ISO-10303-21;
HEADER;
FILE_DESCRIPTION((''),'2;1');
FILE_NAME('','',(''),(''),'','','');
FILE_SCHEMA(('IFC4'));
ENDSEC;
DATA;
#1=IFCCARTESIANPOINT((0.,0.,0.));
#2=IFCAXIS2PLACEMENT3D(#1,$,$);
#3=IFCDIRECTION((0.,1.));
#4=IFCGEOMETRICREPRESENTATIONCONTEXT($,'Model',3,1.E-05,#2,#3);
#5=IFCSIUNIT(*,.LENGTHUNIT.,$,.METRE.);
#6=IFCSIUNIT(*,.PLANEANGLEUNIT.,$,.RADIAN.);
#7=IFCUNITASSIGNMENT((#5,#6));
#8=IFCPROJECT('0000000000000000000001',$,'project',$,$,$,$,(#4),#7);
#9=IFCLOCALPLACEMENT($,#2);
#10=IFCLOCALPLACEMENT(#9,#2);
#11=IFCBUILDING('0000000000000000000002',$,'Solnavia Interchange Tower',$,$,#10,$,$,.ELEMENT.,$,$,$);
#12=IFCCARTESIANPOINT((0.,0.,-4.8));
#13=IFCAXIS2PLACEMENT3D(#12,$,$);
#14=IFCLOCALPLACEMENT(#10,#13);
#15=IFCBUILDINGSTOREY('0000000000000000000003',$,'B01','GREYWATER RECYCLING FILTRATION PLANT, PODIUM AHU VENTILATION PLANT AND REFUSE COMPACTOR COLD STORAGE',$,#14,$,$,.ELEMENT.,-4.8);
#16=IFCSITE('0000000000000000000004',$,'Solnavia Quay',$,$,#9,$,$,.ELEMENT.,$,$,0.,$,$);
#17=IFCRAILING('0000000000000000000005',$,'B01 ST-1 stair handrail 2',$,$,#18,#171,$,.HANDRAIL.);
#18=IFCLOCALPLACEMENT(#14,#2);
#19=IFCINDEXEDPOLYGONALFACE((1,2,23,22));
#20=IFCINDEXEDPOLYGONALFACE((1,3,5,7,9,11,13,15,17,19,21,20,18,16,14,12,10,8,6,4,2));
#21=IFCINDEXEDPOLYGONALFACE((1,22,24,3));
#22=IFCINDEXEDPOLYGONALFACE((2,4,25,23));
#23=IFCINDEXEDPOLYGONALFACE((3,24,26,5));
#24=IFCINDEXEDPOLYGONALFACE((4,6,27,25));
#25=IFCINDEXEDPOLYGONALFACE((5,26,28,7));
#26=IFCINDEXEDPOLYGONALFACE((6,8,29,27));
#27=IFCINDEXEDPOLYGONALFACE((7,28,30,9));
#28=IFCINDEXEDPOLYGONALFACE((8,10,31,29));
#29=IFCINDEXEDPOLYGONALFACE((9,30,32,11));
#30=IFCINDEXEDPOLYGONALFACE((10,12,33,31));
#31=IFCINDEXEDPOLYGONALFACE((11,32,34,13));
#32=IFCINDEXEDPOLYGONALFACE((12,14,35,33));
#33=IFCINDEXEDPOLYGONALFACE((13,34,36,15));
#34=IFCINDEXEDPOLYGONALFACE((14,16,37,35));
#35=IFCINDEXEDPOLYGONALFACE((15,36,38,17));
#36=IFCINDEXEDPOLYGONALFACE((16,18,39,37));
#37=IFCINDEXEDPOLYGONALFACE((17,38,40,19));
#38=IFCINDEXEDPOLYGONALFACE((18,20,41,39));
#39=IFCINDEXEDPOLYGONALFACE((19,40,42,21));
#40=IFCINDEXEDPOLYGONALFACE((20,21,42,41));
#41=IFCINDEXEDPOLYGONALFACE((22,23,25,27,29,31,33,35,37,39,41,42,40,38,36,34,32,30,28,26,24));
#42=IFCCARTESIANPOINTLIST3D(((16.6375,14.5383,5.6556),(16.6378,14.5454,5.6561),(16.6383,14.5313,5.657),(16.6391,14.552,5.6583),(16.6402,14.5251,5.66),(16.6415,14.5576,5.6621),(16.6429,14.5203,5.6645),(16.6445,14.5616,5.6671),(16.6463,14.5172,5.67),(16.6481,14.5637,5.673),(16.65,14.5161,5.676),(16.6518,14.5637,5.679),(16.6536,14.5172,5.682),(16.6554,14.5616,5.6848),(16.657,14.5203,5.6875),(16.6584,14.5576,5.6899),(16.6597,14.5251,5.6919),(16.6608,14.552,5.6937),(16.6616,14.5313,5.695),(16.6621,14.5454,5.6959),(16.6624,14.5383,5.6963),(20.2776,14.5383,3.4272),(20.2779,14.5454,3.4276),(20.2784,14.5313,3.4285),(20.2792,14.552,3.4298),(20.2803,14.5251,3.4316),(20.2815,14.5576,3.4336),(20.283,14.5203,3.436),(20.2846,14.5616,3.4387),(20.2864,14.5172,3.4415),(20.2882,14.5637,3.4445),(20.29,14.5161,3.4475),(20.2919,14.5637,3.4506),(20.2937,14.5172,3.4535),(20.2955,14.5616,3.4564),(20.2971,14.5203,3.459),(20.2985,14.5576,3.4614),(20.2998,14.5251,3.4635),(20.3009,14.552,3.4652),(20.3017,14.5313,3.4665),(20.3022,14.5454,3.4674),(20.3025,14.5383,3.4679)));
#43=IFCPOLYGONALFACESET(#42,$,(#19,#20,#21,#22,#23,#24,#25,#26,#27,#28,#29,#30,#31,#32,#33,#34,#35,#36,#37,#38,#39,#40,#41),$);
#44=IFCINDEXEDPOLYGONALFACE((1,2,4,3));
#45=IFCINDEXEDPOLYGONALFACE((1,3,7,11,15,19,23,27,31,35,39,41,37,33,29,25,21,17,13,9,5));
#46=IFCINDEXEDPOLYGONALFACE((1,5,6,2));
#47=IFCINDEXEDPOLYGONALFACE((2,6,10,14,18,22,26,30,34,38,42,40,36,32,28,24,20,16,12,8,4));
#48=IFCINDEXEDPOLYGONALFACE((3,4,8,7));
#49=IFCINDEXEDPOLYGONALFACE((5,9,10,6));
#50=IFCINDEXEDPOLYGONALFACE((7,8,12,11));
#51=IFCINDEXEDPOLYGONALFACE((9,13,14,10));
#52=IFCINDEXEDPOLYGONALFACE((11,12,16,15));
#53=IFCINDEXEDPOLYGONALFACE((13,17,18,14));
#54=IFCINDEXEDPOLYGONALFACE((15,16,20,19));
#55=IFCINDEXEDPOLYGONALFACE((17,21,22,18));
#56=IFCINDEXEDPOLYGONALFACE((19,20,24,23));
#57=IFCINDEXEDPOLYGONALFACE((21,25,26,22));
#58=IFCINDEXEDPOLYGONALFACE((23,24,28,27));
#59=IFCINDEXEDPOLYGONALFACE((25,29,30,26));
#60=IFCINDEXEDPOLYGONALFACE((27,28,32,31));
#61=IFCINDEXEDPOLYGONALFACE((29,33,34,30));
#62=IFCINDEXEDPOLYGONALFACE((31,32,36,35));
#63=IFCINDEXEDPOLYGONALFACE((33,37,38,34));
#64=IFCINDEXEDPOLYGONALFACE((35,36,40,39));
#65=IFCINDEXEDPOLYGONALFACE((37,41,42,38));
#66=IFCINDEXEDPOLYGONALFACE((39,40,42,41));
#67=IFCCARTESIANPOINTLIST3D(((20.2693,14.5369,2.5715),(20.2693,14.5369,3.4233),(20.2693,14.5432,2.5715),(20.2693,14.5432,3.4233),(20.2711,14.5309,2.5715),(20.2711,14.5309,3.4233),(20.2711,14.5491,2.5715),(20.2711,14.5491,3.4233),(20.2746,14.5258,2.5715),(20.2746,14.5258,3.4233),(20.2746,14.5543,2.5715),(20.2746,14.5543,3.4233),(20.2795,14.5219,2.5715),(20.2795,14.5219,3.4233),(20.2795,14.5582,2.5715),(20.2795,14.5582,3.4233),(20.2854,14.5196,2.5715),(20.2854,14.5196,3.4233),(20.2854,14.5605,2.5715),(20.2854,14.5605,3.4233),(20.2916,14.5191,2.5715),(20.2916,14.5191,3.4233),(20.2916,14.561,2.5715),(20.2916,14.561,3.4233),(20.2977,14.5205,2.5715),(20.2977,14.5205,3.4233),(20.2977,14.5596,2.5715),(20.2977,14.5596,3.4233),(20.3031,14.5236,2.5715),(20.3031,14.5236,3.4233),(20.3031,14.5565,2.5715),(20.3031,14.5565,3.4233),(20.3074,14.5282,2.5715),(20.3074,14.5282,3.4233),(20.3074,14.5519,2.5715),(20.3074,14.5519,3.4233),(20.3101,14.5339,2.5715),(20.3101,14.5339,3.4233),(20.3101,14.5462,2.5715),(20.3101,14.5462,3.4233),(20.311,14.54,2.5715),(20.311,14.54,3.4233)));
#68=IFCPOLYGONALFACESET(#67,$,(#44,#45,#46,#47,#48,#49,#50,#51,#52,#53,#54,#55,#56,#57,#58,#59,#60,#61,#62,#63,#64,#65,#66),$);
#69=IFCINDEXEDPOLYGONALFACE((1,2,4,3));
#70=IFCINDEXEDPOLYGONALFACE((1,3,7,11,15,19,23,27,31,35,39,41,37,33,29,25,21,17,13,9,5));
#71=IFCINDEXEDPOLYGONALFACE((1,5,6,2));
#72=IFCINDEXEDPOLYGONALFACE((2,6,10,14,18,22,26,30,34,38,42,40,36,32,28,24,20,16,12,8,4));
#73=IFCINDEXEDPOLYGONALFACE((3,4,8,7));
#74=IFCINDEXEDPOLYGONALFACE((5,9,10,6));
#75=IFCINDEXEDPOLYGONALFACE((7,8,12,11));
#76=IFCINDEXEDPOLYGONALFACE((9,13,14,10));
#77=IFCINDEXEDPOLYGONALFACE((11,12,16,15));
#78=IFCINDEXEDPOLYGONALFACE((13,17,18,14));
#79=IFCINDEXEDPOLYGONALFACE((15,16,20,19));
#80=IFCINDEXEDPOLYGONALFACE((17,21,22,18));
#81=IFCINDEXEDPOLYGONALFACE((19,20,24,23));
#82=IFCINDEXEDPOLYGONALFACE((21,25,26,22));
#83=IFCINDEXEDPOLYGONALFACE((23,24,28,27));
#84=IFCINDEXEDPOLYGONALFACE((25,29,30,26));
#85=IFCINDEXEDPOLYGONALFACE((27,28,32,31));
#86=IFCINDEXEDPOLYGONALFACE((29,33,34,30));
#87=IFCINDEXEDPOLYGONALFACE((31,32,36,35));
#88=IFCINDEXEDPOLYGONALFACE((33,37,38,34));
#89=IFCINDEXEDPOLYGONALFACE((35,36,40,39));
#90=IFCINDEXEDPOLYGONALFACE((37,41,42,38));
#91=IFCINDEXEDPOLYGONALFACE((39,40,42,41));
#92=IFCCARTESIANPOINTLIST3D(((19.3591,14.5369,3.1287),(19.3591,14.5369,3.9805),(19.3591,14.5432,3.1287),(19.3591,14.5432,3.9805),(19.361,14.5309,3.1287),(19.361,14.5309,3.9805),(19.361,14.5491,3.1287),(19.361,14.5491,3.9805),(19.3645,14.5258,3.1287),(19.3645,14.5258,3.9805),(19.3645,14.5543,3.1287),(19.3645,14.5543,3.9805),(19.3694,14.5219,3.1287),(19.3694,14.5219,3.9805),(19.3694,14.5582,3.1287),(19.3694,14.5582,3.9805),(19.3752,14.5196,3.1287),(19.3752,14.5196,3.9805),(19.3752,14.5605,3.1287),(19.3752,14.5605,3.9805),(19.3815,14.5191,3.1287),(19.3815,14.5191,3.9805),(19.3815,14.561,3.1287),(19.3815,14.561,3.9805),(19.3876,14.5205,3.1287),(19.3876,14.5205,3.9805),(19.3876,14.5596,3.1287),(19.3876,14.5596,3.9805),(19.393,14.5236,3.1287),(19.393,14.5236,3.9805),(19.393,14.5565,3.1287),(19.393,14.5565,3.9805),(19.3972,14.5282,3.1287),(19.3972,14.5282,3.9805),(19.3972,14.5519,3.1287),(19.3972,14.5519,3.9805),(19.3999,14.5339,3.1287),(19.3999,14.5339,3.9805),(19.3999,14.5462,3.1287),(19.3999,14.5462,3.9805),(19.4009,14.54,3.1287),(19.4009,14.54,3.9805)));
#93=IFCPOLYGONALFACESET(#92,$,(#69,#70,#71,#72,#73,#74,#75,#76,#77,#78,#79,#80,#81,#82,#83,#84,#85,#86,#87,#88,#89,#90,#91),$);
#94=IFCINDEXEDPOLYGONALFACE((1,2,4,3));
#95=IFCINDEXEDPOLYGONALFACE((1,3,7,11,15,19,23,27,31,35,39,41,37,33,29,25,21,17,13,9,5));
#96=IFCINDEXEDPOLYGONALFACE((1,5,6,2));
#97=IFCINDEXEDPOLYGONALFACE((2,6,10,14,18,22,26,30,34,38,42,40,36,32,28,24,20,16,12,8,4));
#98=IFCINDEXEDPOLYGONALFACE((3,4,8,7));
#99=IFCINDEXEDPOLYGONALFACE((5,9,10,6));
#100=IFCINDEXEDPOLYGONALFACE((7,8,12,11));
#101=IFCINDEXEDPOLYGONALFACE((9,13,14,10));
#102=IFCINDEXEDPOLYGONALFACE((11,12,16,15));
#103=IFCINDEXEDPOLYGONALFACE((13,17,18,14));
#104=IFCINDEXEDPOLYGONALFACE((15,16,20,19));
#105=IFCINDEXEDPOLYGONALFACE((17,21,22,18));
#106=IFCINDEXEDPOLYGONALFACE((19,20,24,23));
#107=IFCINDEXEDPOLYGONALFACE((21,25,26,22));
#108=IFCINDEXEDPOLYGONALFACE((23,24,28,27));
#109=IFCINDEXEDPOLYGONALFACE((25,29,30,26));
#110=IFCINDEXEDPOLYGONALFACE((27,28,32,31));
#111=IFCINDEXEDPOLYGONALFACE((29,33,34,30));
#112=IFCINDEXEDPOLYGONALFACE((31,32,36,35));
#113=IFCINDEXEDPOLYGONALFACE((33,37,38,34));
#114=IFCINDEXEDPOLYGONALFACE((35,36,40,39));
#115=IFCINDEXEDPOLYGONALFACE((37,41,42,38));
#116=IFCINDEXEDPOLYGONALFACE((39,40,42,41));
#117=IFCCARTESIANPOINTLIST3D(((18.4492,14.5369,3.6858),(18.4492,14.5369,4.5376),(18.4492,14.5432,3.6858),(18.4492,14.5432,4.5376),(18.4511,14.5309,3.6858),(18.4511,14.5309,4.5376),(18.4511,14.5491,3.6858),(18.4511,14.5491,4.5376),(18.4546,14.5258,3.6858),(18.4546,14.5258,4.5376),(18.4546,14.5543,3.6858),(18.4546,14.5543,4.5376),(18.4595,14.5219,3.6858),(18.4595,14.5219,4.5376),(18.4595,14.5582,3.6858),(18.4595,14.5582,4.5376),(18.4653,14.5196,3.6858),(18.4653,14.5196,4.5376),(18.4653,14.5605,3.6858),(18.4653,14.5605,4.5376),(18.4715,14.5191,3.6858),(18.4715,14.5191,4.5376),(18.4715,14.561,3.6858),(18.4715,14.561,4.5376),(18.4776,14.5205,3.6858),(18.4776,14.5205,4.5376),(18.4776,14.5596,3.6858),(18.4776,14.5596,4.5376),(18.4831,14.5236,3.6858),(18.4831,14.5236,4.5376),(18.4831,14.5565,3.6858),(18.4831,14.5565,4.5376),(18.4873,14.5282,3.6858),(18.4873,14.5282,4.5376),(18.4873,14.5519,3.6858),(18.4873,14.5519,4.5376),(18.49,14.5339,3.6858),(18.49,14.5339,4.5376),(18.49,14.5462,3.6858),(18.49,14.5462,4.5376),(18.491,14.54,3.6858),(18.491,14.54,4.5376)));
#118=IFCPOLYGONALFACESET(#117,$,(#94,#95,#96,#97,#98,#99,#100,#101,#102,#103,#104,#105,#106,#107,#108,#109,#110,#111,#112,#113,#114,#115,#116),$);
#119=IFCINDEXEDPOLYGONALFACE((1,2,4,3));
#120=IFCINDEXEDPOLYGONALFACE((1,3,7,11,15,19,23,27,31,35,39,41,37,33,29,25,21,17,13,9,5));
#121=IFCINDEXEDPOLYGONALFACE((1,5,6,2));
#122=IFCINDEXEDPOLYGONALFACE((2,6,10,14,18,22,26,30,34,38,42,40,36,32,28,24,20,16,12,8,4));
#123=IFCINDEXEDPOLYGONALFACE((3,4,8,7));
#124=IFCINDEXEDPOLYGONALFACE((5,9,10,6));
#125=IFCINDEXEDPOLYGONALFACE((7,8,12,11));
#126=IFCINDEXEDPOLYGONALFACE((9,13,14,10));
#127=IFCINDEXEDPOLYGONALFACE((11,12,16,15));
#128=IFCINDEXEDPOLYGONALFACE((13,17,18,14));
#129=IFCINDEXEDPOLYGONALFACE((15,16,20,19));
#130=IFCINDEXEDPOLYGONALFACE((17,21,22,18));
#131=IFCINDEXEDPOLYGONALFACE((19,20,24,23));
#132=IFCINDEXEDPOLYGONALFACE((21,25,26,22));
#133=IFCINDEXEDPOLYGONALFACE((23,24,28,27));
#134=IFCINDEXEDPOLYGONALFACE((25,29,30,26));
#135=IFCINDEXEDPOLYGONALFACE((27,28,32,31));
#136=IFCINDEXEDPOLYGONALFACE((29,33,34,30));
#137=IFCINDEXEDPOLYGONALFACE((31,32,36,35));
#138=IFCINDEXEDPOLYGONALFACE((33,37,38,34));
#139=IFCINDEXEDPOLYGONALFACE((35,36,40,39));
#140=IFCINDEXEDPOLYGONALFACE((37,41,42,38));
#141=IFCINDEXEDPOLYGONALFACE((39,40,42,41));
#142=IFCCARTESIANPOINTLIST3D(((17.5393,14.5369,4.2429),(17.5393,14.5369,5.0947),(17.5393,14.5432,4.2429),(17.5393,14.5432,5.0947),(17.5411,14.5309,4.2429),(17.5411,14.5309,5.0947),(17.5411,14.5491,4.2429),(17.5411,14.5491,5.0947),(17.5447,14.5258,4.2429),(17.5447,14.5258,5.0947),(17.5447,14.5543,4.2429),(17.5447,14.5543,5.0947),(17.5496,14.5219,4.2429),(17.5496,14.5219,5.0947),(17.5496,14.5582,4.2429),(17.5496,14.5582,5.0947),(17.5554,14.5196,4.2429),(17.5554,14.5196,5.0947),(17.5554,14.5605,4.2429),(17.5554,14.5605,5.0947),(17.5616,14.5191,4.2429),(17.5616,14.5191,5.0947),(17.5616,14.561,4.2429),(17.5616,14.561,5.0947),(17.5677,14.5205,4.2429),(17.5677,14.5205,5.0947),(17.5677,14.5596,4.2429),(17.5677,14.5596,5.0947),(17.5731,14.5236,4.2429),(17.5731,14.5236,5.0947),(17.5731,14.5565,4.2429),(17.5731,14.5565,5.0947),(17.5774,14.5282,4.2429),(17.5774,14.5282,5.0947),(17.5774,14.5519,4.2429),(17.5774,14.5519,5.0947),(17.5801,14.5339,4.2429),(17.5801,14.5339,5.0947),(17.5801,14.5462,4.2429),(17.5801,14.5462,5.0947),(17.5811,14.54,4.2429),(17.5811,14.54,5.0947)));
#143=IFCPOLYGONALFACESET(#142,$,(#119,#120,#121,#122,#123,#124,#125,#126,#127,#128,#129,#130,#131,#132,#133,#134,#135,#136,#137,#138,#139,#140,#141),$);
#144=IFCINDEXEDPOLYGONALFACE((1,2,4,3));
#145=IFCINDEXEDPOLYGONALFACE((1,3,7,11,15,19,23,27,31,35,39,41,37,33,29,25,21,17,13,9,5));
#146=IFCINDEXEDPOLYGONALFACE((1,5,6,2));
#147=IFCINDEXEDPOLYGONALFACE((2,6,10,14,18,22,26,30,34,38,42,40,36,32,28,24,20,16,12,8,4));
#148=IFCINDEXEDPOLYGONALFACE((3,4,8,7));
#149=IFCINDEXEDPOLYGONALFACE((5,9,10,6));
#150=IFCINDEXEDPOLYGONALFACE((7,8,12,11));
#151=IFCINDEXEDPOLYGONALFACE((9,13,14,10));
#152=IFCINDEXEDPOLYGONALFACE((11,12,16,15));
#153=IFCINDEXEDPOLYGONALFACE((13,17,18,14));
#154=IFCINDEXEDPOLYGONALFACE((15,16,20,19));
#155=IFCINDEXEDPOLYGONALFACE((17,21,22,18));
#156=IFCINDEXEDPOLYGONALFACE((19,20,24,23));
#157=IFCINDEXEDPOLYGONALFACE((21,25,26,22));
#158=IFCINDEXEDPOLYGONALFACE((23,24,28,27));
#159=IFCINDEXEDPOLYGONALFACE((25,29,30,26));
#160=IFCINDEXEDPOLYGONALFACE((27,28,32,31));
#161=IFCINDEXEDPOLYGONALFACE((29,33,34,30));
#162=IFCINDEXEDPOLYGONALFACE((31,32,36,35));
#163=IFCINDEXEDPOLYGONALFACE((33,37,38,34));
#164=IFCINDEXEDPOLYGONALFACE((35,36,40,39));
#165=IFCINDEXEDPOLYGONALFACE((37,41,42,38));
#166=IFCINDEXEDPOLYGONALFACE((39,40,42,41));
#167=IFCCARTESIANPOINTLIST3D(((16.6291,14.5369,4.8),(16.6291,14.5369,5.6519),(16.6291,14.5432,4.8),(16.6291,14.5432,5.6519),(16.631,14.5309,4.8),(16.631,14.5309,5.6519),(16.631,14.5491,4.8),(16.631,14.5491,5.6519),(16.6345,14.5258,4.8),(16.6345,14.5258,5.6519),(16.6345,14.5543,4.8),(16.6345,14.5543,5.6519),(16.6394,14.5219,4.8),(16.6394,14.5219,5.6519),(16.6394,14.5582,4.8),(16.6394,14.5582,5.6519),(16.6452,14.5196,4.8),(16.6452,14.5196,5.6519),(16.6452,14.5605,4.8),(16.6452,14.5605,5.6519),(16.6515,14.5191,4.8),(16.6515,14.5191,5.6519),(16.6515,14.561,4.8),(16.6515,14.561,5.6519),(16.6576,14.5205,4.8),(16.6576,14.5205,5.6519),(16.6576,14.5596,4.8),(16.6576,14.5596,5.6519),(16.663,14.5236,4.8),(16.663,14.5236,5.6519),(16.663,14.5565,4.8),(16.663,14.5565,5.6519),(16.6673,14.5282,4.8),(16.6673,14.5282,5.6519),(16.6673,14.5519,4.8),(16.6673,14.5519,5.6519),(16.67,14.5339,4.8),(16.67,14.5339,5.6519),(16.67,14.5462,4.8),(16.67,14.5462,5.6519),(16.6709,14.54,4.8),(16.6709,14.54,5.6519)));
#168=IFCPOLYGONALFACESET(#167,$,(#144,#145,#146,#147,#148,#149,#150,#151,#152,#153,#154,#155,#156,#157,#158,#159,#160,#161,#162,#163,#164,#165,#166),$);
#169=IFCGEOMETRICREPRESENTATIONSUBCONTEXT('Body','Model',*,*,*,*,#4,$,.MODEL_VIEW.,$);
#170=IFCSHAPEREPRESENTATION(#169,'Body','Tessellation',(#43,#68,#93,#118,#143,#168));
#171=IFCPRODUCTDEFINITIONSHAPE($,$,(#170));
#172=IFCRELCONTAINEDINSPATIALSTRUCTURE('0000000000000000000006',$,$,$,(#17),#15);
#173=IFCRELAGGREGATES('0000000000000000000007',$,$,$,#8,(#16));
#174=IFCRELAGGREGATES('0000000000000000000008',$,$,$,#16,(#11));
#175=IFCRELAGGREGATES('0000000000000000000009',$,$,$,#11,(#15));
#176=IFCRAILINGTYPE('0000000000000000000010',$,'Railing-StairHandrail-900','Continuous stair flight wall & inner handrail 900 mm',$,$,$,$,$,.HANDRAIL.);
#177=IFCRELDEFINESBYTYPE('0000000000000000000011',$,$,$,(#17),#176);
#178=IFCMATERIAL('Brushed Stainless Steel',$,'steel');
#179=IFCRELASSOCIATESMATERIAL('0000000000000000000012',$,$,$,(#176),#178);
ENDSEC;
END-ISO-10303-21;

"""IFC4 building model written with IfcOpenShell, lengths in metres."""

from ifc_helpers import new_model, si_unit, direction, frame, origin, origin_2d, place, context, subcontext, project, spatial, circle, extrude, material, type_object, element, save


model = new_model("IFC4")

# Units and contexts
model_context = context("Model", 3, precision=1e-05, world=origin(), true_north=direction((0.0, 1.0)))
body_context = subcontext(model_context, "Body", "Model", "MODEL_VIEW")
ifc_project = project(units=[si_unit("LENGTHUNIT", "METRE"), si_unit("PLANEANGLEUNIT", "RADIAN")], contexts=[model_context])

# Site, building, storey
site_placement = place(None, origin())
site = spatial("IfcSite", under=ifc_project, at=site_placement, Name="Solnavia Quay", CompositionType="ELEMENT", RefElevation=0.0)
building_placement = place(site_placement, origin())
building = spatial("IfcBuilding", under=site, at=building_placement, Name="Solnavia Interchange Tower", CompositionType="ELEMENT")
storey_placement = place(building_placement, frame((0.0, 0.0, -4.8)))
storey = spatial("IfcBuildingStorey", under=building, at=storey_placement, Name="B01", Description="GREYWATER RECYCLING FILTRATION PLANT, PODIUM AHU VENTILATION PLANT AND REFUSE COMPACTOR COLD STORAGE", CompositionType="ELEMENT", Elevation=-4.8)

# Railing
ifc_material_1 = material(Name="Brushed Stainless Steel", Category="steel")
railing_type_1 = type_object("IfcRailingType", Name="Railing-StairHandrail-900", Description="Continuous stair flight wall & inner handrail 900 mm", PredefinedType="HANDRAIL", material=ifc_material_1)
railing_1_placement = place(storey_placement, frame((20.29, 14.54, 2.5715)))
element("IfcRailing", 1, at=railing_1_placement, inside=storey, type_object=railing_type_1, Name="B01 ST-1 stair handrail 2", PredefinedType="HANDRAIL", context=body_context, shape_type="SweptSolid", body=[
    extrude(circle(Radius=0.0239, at=origin_2d()), frame((0.0, 0.0, 0.876), z_axis=(-0.852866, 0.0, 0.52213), x_axis=(0.0, -1.0, 0.0)), (0.0, 0.0, 1.0), 4.2681),
    extrude(circle(Radius=0.021, at=origin_2d()), origin(), (0.0, 0.0, 1.0), 0.8518),
    extrude(circle(Radius=0.021, at=origin_2d()), frame((-0.9102, 0.0, 0.5571)), (0.0, 0.0, 1.0), 0.8518),
    extrude(circle(Radius=0.021, at=origin_2d()), frame((-1.8201, 0.0, 1.1143)), (0.0, 0.0, 1.0), 0.8518),
    extrude(circle(Radius=0.021, at=origin_2d()), frame((-2.73, 0.0, 1.6714)), (0.0, 0.0, 1.0), 0.8518),
    extrude(circle(Radius=0.021, at=origin_2d()), frame((-3.6401, 0.0, 2.2285)), (0.0, 0.0, 1.0), 0.8518),
])

save(model, "model.ifc")
